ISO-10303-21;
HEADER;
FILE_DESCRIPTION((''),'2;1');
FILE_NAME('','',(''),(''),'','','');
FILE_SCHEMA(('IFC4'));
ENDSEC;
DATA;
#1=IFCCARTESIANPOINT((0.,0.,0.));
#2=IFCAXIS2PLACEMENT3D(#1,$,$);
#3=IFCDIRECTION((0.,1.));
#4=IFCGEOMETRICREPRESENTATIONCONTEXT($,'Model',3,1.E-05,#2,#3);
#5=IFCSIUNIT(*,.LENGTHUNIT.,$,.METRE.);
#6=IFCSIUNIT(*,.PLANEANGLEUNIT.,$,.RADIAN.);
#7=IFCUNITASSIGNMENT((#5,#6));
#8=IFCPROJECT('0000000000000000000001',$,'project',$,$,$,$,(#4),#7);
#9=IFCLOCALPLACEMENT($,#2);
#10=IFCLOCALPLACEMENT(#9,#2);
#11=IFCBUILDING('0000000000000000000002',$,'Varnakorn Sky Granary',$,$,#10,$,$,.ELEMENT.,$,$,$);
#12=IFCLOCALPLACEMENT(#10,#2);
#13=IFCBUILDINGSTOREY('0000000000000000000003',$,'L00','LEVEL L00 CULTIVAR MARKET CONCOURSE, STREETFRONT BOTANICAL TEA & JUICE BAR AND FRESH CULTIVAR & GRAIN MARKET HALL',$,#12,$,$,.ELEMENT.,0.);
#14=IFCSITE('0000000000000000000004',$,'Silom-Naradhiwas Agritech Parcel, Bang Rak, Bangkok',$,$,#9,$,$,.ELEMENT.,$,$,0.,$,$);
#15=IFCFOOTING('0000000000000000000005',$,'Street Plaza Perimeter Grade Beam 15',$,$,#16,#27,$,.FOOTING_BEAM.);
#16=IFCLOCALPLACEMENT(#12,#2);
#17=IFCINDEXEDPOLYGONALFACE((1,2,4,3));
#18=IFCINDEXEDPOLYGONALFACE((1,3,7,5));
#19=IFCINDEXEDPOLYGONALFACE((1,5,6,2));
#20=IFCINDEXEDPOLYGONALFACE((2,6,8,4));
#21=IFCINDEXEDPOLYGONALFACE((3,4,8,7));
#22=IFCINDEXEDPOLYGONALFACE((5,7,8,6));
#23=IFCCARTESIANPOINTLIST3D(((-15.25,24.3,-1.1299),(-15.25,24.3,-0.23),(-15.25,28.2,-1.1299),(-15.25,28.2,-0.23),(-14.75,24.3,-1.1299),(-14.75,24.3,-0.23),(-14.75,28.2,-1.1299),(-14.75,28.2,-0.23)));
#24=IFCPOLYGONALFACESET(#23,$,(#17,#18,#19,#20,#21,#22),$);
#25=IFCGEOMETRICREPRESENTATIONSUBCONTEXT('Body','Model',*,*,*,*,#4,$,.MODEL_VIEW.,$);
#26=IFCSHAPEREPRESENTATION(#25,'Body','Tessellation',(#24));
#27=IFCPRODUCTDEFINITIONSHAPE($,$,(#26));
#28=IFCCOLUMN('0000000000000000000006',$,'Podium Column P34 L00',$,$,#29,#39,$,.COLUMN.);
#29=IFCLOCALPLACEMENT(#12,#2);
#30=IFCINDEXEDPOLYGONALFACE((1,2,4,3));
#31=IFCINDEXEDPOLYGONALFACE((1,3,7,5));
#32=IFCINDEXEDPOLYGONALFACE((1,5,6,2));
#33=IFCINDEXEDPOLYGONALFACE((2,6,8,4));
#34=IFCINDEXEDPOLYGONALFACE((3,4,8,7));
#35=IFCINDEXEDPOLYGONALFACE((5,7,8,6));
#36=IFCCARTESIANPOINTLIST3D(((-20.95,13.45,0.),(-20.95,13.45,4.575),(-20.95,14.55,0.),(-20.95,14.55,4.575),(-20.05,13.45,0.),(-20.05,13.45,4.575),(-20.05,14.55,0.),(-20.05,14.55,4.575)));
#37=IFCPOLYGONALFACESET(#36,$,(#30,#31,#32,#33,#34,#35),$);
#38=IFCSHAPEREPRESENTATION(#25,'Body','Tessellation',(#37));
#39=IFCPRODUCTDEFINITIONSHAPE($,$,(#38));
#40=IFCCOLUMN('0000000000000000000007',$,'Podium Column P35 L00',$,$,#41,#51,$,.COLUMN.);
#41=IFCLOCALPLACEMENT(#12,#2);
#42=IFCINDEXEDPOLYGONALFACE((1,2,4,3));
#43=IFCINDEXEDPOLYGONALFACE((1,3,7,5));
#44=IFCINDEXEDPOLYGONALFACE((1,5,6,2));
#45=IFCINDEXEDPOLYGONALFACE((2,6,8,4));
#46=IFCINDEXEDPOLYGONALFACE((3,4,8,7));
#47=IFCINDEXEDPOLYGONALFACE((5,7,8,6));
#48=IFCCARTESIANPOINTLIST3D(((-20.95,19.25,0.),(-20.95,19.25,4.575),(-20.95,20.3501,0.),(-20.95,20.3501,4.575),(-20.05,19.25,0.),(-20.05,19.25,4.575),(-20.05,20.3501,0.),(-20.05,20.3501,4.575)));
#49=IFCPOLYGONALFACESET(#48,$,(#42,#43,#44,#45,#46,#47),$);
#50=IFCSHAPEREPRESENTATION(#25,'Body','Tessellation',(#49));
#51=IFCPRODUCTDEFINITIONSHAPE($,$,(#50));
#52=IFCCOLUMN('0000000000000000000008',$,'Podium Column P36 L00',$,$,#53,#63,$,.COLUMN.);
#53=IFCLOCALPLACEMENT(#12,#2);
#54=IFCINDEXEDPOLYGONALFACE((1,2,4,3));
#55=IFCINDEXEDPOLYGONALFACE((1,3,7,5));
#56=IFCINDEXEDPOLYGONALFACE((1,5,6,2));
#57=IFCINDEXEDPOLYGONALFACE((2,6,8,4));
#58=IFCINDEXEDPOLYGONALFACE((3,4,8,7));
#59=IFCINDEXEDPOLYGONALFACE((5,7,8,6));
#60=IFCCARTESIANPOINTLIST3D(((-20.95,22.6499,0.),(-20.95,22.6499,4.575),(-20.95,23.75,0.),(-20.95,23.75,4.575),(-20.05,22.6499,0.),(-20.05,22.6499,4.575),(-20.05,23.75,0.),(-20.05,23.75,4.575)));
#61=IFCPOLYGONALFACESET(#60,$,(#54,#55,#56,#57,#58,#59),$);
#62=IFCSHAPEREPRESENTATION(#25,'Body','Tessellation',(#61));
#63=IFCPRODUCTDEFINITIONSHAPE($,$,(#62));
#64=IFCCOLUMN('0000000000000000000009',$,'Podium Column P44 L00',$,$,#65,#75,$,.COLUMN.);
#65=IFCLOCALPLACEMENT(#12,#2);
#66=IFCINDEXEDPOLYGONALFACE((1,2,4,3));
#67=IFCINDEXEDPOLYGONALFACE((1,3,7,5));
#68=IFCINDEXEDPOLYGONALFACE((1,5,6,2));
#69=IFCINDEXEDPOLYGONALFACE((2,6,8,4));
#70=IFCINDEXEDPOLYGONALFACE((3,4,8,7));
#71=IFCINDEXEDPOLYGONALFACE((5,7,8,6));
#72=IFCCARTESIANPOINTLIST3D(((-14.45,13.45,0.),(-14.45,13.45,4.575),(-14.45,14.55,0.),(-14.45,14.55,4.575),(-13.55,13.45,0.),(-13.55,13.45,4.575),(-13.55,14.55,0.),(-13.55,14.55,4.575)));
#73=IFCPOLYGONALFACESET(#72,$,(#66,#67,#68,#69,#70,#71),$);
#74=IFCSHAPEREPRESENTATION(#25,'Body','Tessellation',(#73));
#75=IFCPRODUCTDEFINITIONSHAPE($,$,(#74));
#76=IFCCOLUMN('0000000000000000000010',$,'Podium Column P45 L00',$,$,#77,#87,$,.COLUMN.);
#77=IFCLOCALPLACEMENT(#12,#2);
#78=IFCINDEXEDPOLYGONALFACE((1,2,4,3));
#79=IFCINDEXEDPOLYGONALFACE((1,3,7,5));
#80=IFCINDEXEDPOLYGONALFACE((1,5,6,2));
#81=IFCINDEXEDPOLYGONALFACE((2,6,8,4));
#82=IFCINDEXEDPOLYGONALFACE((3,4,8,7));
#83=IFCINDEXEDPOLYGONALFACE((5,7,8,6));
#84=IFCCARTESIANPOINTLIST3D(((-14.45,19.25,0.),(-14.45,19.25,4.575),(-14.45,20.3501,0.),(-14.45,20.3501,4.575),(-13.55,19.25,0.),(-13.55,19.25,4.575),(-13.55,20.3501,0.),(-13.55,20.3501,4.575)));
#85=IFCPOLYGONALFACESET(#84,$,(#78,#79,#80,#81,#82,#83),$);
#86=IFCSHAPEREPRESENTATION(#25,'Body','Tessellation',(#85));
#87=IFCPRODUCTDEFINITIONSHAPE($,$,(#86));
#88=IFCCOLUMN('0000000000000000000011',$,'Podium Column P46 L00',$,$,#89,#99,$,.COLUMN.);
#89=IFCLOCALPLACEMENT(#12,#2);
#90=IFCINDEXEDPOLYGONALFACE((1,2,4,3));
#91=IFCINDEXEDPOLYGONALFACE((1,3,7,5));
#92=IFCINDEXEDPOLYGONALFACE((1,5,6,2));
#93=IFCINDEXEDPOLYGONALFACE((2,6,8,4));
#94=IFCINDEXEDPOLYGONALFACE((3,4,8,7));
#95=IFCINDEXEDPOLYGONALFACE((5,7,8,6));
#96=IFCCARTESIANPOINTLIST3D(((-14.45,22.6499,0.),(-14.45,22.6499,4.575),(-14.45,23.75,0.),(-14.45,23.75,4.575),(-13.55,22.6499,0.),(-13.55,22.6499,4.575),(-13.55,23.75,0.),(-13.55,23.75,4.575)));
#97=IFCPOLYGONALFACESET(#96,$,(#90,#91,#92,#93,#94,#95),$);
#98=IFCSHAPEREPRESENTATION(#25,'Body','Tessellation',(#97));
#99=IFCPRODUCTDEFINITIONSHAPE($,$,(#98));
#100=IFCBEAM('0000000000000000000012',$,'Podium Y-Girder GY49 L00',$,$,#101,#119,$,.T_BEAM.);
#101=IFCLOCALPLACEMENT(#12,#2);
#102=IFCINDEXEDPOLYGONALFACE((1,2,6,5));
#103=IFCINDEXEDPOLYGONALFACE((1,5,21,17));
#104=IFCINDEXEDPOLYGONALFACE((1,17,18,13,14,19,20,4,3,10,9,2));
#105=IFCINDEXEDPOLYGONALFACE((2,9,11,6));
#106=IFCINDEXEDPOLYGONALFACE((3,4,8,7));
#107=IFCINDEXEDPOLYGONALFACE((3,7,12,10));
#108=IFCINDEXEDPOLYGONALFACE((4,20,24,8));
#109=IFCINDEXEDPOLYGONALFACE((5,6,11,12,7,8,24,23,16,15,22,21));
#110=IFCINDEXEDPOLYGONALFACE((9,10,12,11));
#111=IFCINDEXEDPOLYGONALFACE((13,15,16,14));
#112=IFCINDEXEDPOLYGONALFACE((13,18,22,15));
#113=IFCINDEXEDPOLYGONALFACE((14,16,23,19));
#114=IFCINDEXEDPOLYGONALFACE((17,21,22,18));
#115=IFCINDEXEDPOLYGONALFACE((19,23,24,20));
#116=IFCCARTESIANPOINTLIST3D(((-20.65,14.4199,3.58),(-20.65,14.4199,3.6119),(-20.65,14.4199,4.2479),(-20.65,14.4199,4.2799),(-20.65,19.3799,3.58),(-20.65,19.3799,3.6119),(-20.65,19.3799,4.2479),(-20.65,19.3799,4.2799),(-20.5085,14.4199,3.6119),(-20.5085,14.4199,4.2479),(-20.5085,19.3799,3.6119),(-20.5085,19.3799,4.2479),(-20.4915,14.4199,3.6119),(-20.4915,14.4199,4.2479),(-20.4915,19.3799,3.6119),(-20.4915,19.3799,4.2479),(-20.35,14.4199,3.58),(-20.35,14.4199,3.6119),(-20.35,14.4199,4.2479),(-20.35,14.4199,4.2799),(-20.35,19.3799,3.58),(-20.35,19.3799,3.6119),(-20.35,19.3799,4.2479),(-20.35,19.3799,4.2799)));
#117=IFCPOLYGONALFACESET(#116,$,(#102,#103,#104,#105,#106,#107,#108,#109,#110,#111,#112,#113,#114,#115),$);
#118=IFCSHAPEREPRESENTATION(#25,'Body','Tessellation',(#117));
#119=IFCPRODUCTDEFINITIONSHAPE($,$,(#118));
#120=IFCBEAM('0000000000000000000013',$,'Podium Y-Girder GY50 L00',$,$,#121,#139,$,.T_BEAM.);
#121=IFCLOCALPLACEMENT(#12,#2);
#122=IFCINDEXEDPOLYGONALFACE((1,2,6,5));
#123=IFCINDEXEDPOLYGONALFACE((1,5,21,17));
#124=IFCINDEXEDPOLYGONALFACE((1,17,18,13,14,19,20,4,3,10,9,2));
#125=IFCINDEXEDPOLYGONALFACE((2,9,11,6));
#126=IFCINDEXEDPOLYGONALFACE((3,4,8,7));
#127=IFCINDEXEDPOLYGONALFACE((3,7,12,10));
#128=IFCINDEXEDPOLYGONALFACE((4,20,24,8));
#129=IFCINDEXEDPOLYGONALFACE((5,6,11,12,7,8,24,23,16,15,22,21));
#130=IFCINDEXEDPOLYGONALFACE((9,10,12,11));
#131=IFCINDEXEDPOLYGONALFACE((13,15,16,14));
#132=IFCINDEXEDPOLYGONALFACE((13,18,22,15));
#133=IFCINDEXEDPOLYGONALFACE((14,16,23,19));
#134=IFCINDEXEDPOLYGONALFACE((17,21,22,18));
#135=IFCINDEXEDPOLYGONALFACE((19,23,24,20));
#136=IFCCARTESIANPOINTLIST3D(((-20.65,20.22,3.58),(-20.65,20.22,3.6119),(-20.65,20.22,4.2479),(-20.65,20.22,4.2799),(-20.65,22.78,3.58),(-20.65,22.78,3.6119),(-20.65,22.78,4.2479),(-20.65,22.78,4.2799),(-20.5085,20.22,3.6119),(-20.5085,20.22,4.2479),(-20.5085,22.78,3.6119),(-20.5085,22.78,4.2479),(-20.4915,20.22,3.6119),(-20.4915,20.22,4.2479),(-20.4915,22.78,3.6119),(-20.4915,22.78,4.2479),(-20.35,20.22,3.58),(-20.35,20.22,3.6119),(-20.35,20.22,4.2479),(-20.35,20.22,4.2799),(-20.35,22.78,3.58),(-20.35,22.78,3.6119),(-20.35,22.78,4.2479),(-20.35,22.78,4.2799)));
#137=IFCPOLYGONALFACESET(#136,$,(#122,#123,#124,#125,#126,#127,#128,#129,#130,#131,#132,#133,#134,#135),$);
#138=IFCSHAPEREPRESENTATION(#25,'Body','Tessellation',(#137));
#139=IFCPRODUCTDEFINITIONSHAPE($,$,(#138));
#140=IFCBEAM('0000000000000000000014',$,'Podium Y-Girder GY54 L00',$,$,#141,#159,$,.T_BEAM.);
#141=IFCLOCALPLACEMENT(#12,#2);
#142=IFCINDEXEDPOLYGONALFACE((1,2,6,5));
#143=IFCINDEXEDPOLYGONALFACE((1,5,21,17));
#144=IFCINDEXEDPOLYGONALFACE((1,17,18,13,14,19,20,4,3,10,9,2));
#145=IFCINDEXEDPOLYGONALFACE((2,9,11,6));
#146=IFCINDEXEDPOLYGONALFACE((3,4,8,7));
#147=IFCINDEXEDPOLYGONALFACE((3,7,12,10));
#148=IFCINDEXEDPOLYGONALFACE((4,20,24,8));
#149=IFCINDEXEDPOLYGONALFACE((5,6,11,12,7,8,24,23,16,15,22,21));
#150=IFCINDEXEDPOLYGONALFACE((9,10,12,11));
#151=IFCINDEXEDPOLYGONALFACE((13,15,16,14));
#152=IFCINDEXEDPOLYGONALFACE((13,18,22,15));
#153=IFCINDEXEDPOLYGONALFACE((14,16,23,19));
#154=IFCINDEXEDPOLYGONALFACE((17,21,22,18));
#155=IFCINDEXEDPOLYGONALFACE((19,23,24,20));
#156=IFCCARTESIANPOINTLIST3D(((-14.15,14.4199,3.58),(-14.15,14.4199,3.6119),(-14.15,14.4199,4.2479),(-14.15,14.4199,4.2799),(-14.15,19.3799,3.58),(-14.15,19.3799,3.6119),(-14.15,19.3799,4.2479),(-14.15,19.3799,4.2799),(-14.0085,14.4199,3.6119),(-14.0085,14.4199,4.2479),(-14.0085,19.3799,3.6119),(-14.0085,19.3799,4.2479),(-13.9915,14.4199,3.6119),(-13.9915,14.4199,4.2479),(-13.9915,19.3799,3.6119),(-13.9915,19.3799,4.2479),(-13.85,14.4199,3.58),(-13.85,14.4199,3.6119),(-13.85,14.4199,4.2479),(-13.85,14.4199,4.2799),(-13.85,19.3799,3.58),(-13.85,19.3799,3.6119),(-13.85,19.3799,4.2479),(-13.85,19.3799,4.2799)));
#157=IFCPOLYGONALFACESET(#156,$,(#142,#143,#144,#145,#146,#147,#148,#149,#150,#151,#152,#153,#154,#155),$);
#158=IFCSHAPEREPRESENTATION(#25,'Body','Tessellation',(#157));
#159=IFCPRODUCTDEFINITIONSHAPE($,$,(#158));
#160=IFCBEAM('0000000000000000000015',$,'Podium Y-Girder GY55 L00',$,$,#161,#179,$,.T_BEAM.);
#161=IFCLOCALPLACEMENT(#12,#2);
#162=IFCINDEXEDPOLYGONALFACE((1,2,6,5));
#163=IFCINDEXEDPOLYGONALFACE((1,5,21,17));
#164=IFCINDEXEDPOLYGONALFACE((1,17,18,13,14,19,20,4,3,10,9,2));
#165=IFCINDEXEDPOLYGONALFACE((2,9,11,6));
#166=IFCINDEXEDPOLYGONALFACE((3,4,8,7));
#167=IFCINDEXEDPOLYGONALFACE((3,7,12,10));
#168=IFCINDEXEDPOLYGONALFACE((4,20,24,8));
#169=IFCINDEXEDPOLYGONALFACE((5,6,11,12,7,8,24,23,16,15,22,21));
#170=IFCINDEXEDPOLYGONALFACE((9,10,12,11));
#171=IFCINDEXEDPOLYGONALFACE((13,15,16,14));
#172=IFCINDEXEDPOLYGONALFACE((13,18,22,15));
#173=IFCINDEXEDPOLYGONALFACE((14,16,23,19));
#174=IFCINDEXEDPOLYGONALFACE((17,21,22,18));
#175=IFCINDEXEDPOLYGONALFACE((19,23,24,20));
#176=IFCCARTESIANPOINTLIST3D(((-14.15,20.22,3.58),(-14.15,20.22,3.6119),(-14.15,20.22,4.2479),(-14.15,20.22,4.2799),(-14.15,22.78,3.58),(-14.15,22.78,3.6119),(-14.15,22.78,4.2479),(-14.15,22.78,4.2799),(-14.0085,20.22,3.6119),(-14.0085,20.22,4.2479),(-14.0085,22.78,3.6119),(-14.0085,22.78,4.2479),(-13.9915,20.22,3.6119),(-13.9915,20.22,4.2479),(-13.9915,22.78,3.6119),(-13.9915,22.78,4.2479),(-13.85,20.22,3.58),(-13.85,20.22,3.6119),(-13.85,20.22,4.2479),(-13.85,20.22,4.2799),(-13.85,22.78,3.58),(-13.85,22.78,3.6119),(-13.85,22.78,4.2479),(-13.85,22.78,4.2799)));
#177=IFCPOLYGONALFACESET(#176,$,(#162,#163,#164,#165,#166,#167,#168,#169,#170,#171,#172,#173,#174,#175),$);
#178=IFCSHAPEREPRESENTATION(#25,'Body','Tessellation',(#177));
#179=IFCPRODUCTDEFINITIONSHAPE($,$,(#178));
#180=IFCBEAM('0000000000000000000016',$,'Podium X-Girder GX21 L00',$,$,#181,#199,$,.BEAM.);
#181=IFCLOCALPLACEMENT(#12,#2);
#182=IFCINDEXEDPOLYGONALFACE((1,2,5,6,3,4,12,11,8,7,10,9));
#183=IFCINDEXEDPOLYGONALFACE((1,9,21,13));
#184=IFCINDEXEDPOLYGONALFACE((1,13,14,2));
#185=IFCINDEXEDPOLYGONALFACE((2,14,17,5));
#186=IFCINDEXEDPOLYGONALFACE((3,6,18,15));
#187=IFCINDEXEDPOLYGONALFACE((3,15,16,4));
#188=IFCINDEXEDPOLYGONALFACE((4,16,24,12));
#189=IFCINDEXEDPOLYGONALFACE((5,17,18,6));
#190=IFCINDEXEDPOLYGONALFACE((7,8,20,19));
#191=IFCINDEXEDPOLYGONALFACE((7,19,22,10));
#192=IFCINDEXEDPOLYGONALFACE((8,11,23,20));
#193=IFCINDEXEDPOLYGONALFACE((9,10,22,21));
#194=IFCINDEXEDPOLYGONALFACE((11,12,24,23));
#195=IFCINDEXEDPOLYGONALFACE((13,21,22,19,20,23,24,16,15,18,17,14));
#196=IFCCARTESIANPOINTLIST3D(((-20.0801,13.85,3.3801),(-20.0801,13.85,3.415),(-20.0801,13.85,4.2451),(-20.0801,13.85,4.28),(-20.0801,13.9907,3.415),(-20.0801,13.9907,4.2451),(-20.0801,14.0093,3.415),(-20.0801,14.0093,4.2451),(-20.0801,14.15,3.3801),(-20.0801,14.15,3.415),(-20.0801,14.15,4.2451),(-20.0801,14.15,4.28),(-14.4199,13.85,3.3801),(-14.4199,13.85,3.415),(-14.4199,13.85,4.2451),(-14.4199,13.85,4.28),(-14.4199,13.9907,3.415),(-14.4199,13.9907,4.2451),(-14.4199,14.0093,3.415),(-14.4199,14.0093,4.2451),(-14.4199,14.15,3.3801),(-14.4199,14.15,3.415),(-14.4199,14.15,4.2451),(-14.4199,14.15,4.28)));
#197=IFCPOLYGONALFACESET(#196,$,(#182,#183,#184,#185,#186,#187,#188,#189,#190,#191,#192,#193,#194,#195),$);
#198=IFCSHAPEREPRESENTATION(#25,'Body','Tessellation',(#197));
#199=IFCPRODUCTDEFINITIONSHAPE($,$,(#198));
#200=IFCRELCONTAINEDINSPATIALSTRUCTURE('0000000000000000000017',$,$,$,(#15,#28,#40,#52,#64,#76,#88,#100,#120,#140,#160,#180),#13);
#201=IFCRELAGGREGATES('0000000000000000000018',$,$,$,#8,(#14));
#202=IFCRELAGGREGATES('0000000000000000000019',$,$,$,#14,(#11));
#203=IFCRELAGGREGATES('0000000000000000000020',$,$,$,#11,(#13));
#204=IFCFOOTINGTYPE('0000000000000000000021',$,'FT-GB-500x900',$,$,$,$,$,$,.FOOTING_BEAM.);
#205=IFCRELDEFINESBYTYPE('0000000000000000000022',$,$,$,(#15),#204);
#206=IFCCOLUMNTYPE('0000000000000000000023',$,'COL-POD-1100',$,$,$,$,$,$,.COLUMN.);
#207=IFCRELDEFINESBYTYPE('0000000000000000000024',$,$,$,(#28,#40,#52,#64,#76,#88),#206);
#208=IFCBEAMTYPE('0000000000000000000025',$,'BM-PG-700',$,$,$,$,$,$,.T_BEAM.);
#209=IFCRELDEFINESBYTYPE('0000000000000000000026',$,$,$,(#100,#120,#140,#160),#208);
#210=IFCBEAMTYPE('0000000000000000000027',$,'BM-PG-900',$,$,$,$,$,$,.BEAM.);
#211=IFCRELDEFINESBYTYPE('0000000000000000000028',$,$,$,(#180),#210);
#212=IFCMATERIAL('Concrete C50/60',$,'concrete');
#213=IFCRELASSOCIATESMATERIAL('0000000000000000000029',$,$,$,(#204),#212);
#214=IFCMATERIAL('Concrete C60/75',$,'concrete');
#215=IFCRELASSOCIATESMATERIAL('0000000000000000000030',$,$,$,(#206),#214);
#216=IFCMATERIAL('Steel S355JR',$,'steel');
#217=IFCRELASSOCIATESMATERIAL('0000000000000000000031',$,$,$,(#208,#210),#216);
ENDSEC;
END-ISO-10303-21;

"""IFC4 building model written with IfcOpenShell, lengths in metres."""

from ifc_helpers import new_model, si_unit, direction, frame, origin, origin_2d, place, context, subcontext, project, spatial, rectangle, i_section, extrude, material, material_profile, profile_set, type_object, element, save


model = new_model("IFC4")

# Units and contexts
model_context = context("Model", 3, precision=1e-05, world=origin(), true_north=direction((0.0, 1.0)))
body_context = subcontext(model_context, "Body", "Model", "MODEL_VIEW")
ifc_project = project(units=[si_unit("LENGTHUNIT", "METRE"), si_unit("PLANEANGLEUNIT", "RADIAN")], contexts=[model_context])

# Site, building, storey
site_placement = place(None, origin())
site = spatial("IfcSite", under=ifc_project, at=site_placement, Name="Silom-Naradhiwas Agritech Parcel, Bang Rak, Bangkok", CompositionType="ELEMENT", RefElevation=0.0)
building_placement = place(site_placement, origin())
building = spatial("IfcBuilding", under=site, at=building_placement, Name="Varnakorn Sky Granary", CompositionType="ELEMENT")
storey_placement = place(building_placement, origin())
storey = spatial("IfcBuildingStorey", under=building, at=storey_placement, Name="L00", Description="LEVEL L00 CULTIVAR MARKET CONCOURSE, STREETFRONT BOTANICAL TEA & JUICE BAR AND FRESH CULTIVAR & GRAIN MARKET HALL", CompositionType="ELEMENT", Elevation=0.0)

# Footing
ifc_material_1 = material(Name="Concrete C50/60", Category="concrete")
ifc_material_profile_1 = material_profile(ifc_material_1, rectangle(XDim=0.5, YDim=0.8999, at=origin_2d()), Name="RC 500x900")
ifc_profile_set_1 = profile_set([ifc_material_profile_1], Name="Concrete C50/60")
footing_type = type_object("IfcFootingType", Name="FT-GB-500x900", PredefinedType="FOOTING_BEAM", material=ifc_profile_set_1)
footing_placement = place(storey_placement, frame((-15.0, 24.3, -0.6799), z_axis=(0.0, 1.0, 0.0), x_axis=(-1.0, 0.0, 0.0)))
element("IfcFooting", 1, at=footing_placement, inside=storey, type_object=footing_type, Name="Street Plaza Perimeter Grade Beam 15", PredefinedType="FOOTING_BEAM", context=body_context, shape_type="SweptSolid", body=[
    extrude(rectangle(XDim=0.5, YDim=0.8999, at=origin_2d()), origin(), (0.0, 0.0, 1.0), 3.8999),
])

# Columns
ifc_material_2 = material(Name="Concrete C60/75", Category="concrete")
ifc_material_profile_2 = material_profile(ifc_material_2, rectangle(XDim=0.8999, YDim=1.1001, at=origin_2d()), Name="RC 900x1100")
ifc_profile_set_2 = profile_set([ifc_material_profile_2], Name="Concrete C60/75")
column_type = type_object("IfcColumnType", Name="COL-POD-1100", PredefinedType="COLUMN", material=ifc_profile_set_2)
for number, where, z_axis, x_axis, name in (
    (2, (-20.5, 14.0, 0.0), (0.0, 0.0, 1.0), (1.0, 0.0, 0.0), "Podium Column P34 L00"),
    (3, (-20.5, 19.8, 0.0), (0.0, 0.0, 1.0), (1.0, 0.0, 0.0), "Podium Column P35 L00"),
    (4, (-20.5, 23.2, 0.0), (0.0, 0.0, 1.0), (1.0, 0.0, 0.0), "Podium Column P36 L00"),
    (5, (-14.0, 14.0, 0.0), (0.0, 0.0, 1.0), (1.0, 0.0, 0.0), "Podium Column P44 L00"),
    (6, (-14.0, 19.8, 0.0), (0.0, 0.0, 1.0), (1.0, 0.0, 0.0), "Podium Column P45 L00"),
    (7, (-14.0, 23.2, 0.0), (0.0, 0.0, 1.0), (1.0, 0.0, 0.0), "Podium Column P46 L00"),
):
    element("IfcColumn", number, at=place(storey_placement, frame(where, z_axis=z_axis, x_axis=x_axis)), inside=storey, type_object=column_type, Name=name, PredefinedType="COLUMN", context=body_context, shape_type="SweptSolid", body=[
        extrude(rectangle(XDim=0.8999, YDim=1.1001, at=origin_2d()), origin(), (0.0, 0.0, 1.0), 4.575),
    ])

# Beams
ifc_material_3 = material(Name="Steel S355JR", Category="steel")
ifc_material_profile_3 = material_profile(ifc_material_3, i_section(OverallWidth=0.3, OverallDepth=0.7, WebThickness=0.0171, FlangeThickness=0.032, at=origin_2d()), Name="HE 700 B")
ifc_profile_set_3 = profile_set([ifc_material_profile_3], Name="Steel S355JR")
beam_type_1 = type_object("IfcBeamType", Name="BM-PG-700", PredefinedType="T_BEAM", material=ifc_profile_set_3)
beam_1_placement = place(storey_placement, frame((-20.5, 14.4199, 3.9299), z_axis=(0.0, 1.0, 0.0), x_axis=(-1.0, 0.0, 0.0)))
element("IfcBeam", 8, at=beam_1_placement, inside=storey, type_object=beam_type_1, Name="Podium Y-Girder GY49 L00", PredefinedType="T_BEAM", context=body_context, shape_type="SweptSolid", body=[
    extrude(i_section(OverallWidth=0.3, OverallDepth=0.7, WebThickness=0.0171, FlangeThickness=0.032, at=origin_2d()), origin(), (0.0, 0.0, 1.0), 4.96),
])
beam_2_placement = place(storey_placement, frame((-20.5, 20.22, 3.9299), z_axis=(0.0, 1.0, 0.0), x_axis=(-1.0, 0.0, 0.0)))
element("IfcBeam", 9, at=beam_2_placement, inside=storey, type_object=beam_type_1, Name="Podium Y-Girder GY50 L00", PredefinedType="T_BEAM", context=body_context, shape_type="SweptSolid", body=[
    extrude(i_section(OverallWidth=0.3, OverallDepth=0.7, WebThickness=0.0171, FlangeThickness=0.032, at=origin_2d()), origin(), (0.0, 0.0, 1.0), 2.5601),
])
beam_3_placement = place(storey_placement, frame((-14.0, 14.4199, 3.9299), z_axis=(0.0, 1.0, 0.0), x_axis=(-1.0, 0.0, 0.0)))
element("IfcBeam", 10, at=beam_3_placement, inside=storey, type_object=beam_type_1, Name="Podium Y-Girder GY54 L00", PredefinedType="T_BEAM", context=body_context, shape_type="SweptSolid", body=[
    extrude(i_section(OverallWidth=0.3, OverallDepth=0.7, WebThickness=0.0171, FlangeThickness=0.032, at=origin_2d()), origin(), (0.0, 0.0, 1.0), 4.96),
])
beam_4_placement = place(storey_placement, frame((-14.0, 20.22, 3.9299), z_axis=(0.0, 1.0, 0.0), x_axis=(-1.0, 0.0, 0.0)))
element("IfcBeam", 11, at=beam_4_placement, inside=storey, type_object=beam_type_1, Name="Podium Y-Girder GY55 L00", PredefinedType="T_BEAM", context=body_context, shape_type="SweptSolid", body=[
    extrude(i_section(OverallWidth=0.3, OverallDepth=0.7, WebThickness=0.0171, FlangeThickness=0.032, at=origin_2d()), origin(), (0.0, 0.0, 1.0), 2.5601),
])
ifc_material_profile_4 = material_profile(ifc_material_3, i_section(OverallWidth=0.3, OverallDepth=0.8999, WebThickness=0.0186, FlangeThickness=0.0349, at=origin_2d()), Name="HE 900 B")
ifc_profile_set_4 = profile_set([ifc_material_profile_4], Name="Steel S355JR")
beam_type_2 = type_object("IfcBeamType", Name="BM-PG-900", PredefinedType="BEAM", material=ifc_profile_set_4)
beam_5_placement = place(storey_placement, frame((-20.0801, 14.0, 3.8301), z_axis=(1.0, 0.0, 0.0), x_axis=(0.0, 1.0, 0.0)))
element("IfcBeam", 12, at=beam_5_placement, inside=storey, type_object=beam_type_2, Name="Podium X-Girder GX21 L00", PredefinedType="BEAM", context=body_context, shape_type="SweptSolid", body=[
    extrude(i_section(OverallWidth=0.3, OverallDepth=0.8999, WebThickness=0.0186, FlangeThickness=0.0349, at=origin_2d()), origin(), (0.0, 0.0, 1.0), 5.6602),
])

save(model, "model.ifc")
